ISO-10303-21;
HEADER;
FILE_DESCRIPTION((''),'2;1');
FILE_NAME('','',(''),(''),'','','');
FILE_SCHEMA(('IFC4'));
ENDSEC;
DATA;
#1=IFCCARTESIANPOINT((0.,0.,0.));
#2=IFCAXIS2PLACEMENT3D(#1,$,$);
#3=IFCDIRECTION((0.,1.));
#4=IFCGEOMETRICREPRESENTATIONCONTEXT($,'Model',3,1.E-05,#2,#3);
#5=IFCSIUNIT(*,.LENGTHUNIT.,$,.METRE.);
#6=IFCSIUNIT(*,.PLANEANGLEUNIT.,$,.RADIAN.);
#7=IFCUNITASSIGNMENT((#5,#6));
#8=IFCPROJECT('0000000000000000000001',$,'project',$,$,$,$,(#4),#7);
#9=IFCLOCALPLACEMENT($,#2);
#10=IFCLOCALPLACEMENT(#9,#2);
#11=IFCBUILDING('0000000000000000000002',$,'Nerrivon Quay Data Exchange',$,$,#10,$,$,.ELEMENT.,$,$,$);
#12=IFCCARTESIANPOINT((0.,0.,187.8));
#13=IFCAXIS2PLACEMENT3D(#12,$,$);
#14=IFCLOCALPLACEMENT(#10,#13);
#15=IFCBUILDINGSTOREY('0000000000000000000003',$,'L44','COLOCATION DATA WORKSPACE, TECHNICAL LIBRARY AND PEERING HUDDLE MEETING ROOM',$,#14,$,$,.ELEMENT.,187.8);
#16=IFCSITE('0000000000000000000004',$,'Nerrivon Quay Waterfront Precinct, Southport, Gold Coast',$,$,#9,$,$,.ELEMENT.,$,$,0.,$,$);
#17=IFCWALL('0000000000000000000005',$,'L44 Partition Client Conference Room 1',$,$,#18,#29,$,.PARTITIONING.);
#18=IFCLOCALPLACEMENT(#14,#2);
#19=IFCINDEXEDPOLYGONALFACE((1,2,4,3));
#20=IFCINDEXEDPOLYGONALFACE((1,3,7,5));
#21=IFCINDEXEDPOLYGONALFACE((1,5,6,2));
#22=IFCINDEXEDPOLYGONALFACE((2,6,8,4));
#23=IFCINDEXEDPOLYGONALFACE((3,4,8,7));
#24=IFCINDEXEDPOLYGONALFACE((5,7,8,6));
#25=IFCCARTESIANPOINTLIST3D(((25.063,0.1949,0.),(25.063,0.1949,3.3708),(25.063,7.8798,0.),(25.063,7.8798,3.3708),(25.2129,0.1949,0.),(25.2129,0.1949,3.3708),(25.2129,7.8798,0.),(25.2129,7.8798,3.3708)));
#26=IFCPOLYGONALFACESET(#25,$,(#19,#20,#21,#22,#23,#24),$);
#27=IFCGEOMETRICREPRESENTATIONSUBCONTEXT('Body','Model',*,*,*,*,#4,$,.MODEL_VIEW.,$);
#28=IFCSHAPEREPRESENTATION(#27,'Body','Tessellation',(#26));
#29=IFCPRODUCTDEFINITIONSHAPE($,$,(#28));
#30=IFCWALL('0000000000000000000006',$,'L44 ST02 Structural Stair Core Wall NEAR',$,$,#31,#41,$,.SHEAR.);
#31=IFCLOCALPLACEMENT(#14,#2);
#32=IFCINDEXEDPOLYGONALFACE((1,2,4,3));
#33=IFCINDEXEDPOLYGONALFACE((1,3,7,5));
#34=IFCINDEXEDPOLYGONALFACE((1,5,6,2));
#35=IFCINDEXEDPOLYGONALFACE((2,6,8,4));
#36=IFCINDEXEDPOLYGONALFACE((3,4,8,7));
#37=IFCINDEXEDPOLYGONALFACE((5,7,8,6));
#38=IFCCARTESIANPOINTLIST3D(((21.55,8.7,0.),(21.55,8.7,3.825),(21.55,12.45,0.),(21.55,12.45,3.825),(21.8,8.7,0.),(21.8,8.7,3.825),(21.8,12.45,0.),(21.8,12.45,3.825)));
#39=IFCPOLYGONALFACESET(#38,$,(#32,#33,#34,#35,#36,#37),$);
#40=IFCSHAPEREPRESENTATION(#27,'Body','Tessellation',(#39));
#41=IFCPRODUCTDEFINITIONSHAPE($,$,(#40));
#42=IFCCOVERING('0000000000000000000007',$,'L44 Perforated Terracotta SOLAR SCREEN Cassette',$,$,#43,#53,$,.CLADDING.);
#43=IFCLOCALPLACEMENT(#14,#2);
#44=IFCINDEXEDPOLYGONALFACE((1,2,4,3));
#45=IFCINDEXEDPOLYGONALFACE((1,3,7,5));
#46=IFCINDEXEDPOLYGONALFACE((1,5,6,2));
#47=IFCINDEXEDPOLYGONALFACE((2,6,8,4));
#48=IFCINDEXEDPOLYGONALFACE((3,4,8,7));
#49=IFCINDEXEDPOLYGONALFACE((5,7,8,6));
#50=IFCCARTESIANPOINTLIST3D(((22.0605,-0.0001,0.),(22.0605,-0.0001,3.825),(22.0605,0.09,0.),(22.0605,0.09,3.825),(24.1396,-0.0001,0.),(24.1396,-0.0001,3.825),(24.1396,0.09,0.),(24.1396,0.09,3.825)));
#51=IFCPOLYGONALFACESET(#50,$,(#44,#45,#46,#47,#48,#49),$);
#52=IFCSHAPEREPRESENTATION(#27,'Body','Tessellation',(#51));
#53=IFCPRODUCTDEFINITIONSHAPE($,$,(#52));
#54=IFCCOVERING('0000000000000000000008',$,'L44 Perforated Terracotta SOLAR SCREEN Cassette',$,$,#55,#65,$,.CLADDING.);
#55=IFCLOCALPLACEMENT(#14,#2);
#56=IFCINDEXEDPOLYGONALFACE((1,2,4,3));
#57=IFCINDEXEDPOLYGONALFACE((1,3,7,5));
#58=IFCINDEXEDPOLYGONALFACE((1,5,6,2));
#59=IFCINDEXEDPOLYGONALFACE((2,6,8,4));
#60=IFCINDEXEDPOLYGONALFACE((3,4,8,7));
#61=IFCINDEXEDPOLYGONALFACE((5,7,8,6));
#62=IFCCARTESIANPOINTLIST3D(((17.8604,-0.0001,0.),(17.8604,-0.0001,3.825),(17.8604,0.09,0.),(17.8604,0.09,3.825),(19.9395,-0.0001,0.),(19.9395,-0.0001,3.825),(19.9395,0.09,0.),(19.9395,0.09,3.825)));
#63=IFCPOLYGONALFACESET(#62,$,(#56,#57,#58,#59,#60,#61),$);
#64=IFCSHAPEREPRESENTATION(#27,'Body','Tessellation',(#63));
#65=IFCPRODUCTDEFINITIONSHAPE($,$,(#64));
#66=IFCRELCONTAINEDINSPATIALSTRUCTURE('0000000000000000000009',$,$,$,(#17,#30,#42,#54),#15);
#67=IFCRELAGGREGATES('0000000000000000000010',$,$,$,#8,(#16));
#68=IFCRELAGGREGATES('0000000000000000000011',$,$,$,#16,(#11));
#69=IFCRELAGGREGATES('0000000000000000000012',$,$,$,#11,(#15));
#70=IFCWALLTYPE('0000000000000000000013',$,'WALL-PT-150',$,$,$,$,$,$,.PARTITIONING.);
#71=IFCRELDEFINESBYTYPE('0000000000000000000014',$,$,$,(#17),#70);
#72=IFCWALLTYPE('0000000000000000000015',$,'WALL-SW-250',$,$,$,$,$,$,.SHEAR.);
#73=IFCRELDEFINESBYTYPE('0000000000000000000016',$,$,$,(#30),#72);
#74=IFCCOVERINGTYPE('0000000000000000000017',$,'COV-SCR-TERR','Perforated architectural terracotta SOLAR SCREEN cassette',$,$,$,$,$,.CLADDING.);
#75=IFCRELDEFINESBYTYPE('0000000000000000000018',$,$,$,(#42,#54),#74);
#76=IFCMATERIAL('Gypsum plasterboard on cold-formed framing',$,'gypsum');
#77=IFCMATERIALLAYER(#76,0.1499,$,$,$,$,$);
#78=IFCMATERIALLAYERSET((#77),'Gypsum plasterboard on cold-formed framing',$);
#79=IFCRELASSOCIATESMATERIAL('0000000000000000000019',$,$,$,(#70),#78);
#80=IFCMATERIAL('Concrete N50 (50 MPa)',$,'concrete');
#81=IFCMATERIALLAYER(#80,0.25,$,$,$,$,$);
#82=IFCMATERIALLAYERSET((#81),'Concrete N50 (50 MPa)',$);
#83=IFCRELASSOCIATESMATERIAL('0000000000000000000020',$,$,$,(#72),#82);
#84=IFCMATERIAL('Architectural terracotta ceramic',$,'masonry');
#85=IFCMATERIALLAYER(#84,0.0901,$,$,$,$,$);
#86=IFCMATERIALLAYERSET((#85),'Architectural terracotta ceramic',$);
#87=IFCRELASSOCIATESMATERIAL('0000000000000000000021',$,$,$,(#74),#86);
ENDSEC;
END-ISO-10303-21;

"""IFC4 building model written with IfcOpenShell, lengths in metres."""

from ifc_helpers import new_model, si_unit, direction, frame, frame_2d, origin, origin_2d, place, context, subcontext, project, spatial, rectangle, extrude, material, layer, layer_set, type_object, element, save


model = new_model("IFC4")

# Units and contexts
model_context = context("Model", 3, precision=1e-05, world=origin(), true_north=direction((0.0, 1.0)))
body_context = subcontext(model_context, "Body", "Model", "MODEL_VIEW")
ifc_project = project(units=[si_unit("LENGTHUNIT", "METRE"), si_unit("PLANEANGLEUNIT", "RADIAN")], contexts=[model_context])

# Site, building, storey
site_placement = place(None, origin())
site = spatial("IfcSite", under=ifc_project, at=site_placement, Name="Nerrivon Quay Waterfront Precinct, Southport, Gold Coast", CompositionType="ELEMENT", RefElevation=0.0)
building_placement = place(site_placement, origin())
building = spatial("IfcBuilding", under=site, at=building_placement, Name="Nerrivon Quay Data Exchange", CompositionType="ELEMENT")
storey_placement = place(building_placement, frame((0.0, 0.0, 187.8)))
storey = spatial("IfcBuildingStorey", under=building, at=storey_placement, Name="L44", Description="COLOCATION DATA WORKSPACE, TECHNICAL LIBRARY AND PEERING HUDDLE MEETING ROOM", CompositionType="ELEMENT", Elevation=187.8)

# Shared definitions
ifc_material_1 = material(Name="Concrete N50 (50 MPa)", Category="concrete")

# Walls
ifc_material_2 = material(Name="Gypsum plasterboard on cold-formed framing", Category="gypsum")
ifc_layer_1 = layer(ifc_material_2, 0.1499)
ifc_layer_set_1 = layer_set([ifc_layer_1], Name="Gypsum plasterboard on cold-formed framing")
wall_type_1 = type_object("IfcWallType", Name="WALL-PT-150", PredefinedType="PARTITIONING", material=ifc_layer_set_1)
wall_1_placement = place(storey_placement, frame((25.1379, 0.1951, 0.0), z_axis=(0.0, 0.0, 1.0), x_axis=(0.0, 1.0, 0.0)))
element("IfcWall", 1, at=wall_1_placement, inside=storey, type_object=wall_type_1, Name="L44 Partition Client Conference Room 1", PredefinedType="PARTITIONING", context=body_context, shape_type="SweptSolid", body=[
    extrude(rectangle(XDim=7.6848, YDim=0.1499, at=frame_2d((3.8423, 0.0))), origin(), (0.0, 0.0, 1.0), 3.3708),
])
ifc_layer_2 = layer(ifc_material_1, 0.25)
ifc_layer_set_2 = layer_set([ifc_layer_2], Name="Concrete N50 (50 MPa)")
wall_type_2 = type_object("IfcWallType", Name="WALL-SW-250", PredefinedType="SHEAR", material=ifc_layer_set_2)
wall_2_placement = place(storey_placement, frame((21.675, 8.7, 0.0), z_axis=(0.0, 0.0, 1.0), x_axis=(0.0, 1.0, 0.0)))
element("IfcWall", 2, at=wall_2_placement, inside=storey, type_object=wall_type_2, Name="L44 ST02 Structural Stair Core Wall NEAR", PredefinedType="SHEAR", context=body_context, shape_type="SweptSolid", body=[
    extrude(rectangle(XDim=3.75, YDim=0.25, at=frame_2d((1.875, 0.0))), origin(), (0.0, 0.0, 1.0), 3.825),
])

# Coverings
ifc_material_3 = material(Name="Architectural terracotta ceramic", Category="masonry")
ifc_layer_3 = layer(ifc_material_3, 0.0901)
ifc_layer_set_3 = layer_set([ifc_layer_3], Name="Architectural terracotta ceramic")
covering_type = type_object("IfcCoveringType", Name="COV-SCR-TERR", Description="Perforated architectural terracotta SOLAR SCREEN cassette", PredefinedType="CLADDING", material=ifc_layer_set_3)
for number, where, z_axis, x_axis, name in (
    (3, (23.1001, 0.0449, 0.0), (0.0, 0.0, 1.0), (-1.0, 0.0, 0.0), "L44 Perforated Terracotta SOLAR SCREEN Cassette"),
    (4, (18.8999, 0.0449, 0.0), (0.0, 0.0, 1.0), (-1.0, 0.0, 0.0), "L44 Perforated Terracotta SOLAR SCREEN Cassette"),
):
    element("IfcCovering", number, at=place(storey_placement, frame(where, z_axis=z_axis, x_axis=x_axis)), inside=storey, type_object=covering_type, Name=name, PredefinedType="CLADDING", context=body_context, shape_type="SweptSolid", body=[
        extrude(rectangle(XDim=2.0791, YDim=0.0901, at=origin_2d()), origin(), (0.0, 0.0, 1.0), 3.825),
    ])

save(model, "model.ifc")
